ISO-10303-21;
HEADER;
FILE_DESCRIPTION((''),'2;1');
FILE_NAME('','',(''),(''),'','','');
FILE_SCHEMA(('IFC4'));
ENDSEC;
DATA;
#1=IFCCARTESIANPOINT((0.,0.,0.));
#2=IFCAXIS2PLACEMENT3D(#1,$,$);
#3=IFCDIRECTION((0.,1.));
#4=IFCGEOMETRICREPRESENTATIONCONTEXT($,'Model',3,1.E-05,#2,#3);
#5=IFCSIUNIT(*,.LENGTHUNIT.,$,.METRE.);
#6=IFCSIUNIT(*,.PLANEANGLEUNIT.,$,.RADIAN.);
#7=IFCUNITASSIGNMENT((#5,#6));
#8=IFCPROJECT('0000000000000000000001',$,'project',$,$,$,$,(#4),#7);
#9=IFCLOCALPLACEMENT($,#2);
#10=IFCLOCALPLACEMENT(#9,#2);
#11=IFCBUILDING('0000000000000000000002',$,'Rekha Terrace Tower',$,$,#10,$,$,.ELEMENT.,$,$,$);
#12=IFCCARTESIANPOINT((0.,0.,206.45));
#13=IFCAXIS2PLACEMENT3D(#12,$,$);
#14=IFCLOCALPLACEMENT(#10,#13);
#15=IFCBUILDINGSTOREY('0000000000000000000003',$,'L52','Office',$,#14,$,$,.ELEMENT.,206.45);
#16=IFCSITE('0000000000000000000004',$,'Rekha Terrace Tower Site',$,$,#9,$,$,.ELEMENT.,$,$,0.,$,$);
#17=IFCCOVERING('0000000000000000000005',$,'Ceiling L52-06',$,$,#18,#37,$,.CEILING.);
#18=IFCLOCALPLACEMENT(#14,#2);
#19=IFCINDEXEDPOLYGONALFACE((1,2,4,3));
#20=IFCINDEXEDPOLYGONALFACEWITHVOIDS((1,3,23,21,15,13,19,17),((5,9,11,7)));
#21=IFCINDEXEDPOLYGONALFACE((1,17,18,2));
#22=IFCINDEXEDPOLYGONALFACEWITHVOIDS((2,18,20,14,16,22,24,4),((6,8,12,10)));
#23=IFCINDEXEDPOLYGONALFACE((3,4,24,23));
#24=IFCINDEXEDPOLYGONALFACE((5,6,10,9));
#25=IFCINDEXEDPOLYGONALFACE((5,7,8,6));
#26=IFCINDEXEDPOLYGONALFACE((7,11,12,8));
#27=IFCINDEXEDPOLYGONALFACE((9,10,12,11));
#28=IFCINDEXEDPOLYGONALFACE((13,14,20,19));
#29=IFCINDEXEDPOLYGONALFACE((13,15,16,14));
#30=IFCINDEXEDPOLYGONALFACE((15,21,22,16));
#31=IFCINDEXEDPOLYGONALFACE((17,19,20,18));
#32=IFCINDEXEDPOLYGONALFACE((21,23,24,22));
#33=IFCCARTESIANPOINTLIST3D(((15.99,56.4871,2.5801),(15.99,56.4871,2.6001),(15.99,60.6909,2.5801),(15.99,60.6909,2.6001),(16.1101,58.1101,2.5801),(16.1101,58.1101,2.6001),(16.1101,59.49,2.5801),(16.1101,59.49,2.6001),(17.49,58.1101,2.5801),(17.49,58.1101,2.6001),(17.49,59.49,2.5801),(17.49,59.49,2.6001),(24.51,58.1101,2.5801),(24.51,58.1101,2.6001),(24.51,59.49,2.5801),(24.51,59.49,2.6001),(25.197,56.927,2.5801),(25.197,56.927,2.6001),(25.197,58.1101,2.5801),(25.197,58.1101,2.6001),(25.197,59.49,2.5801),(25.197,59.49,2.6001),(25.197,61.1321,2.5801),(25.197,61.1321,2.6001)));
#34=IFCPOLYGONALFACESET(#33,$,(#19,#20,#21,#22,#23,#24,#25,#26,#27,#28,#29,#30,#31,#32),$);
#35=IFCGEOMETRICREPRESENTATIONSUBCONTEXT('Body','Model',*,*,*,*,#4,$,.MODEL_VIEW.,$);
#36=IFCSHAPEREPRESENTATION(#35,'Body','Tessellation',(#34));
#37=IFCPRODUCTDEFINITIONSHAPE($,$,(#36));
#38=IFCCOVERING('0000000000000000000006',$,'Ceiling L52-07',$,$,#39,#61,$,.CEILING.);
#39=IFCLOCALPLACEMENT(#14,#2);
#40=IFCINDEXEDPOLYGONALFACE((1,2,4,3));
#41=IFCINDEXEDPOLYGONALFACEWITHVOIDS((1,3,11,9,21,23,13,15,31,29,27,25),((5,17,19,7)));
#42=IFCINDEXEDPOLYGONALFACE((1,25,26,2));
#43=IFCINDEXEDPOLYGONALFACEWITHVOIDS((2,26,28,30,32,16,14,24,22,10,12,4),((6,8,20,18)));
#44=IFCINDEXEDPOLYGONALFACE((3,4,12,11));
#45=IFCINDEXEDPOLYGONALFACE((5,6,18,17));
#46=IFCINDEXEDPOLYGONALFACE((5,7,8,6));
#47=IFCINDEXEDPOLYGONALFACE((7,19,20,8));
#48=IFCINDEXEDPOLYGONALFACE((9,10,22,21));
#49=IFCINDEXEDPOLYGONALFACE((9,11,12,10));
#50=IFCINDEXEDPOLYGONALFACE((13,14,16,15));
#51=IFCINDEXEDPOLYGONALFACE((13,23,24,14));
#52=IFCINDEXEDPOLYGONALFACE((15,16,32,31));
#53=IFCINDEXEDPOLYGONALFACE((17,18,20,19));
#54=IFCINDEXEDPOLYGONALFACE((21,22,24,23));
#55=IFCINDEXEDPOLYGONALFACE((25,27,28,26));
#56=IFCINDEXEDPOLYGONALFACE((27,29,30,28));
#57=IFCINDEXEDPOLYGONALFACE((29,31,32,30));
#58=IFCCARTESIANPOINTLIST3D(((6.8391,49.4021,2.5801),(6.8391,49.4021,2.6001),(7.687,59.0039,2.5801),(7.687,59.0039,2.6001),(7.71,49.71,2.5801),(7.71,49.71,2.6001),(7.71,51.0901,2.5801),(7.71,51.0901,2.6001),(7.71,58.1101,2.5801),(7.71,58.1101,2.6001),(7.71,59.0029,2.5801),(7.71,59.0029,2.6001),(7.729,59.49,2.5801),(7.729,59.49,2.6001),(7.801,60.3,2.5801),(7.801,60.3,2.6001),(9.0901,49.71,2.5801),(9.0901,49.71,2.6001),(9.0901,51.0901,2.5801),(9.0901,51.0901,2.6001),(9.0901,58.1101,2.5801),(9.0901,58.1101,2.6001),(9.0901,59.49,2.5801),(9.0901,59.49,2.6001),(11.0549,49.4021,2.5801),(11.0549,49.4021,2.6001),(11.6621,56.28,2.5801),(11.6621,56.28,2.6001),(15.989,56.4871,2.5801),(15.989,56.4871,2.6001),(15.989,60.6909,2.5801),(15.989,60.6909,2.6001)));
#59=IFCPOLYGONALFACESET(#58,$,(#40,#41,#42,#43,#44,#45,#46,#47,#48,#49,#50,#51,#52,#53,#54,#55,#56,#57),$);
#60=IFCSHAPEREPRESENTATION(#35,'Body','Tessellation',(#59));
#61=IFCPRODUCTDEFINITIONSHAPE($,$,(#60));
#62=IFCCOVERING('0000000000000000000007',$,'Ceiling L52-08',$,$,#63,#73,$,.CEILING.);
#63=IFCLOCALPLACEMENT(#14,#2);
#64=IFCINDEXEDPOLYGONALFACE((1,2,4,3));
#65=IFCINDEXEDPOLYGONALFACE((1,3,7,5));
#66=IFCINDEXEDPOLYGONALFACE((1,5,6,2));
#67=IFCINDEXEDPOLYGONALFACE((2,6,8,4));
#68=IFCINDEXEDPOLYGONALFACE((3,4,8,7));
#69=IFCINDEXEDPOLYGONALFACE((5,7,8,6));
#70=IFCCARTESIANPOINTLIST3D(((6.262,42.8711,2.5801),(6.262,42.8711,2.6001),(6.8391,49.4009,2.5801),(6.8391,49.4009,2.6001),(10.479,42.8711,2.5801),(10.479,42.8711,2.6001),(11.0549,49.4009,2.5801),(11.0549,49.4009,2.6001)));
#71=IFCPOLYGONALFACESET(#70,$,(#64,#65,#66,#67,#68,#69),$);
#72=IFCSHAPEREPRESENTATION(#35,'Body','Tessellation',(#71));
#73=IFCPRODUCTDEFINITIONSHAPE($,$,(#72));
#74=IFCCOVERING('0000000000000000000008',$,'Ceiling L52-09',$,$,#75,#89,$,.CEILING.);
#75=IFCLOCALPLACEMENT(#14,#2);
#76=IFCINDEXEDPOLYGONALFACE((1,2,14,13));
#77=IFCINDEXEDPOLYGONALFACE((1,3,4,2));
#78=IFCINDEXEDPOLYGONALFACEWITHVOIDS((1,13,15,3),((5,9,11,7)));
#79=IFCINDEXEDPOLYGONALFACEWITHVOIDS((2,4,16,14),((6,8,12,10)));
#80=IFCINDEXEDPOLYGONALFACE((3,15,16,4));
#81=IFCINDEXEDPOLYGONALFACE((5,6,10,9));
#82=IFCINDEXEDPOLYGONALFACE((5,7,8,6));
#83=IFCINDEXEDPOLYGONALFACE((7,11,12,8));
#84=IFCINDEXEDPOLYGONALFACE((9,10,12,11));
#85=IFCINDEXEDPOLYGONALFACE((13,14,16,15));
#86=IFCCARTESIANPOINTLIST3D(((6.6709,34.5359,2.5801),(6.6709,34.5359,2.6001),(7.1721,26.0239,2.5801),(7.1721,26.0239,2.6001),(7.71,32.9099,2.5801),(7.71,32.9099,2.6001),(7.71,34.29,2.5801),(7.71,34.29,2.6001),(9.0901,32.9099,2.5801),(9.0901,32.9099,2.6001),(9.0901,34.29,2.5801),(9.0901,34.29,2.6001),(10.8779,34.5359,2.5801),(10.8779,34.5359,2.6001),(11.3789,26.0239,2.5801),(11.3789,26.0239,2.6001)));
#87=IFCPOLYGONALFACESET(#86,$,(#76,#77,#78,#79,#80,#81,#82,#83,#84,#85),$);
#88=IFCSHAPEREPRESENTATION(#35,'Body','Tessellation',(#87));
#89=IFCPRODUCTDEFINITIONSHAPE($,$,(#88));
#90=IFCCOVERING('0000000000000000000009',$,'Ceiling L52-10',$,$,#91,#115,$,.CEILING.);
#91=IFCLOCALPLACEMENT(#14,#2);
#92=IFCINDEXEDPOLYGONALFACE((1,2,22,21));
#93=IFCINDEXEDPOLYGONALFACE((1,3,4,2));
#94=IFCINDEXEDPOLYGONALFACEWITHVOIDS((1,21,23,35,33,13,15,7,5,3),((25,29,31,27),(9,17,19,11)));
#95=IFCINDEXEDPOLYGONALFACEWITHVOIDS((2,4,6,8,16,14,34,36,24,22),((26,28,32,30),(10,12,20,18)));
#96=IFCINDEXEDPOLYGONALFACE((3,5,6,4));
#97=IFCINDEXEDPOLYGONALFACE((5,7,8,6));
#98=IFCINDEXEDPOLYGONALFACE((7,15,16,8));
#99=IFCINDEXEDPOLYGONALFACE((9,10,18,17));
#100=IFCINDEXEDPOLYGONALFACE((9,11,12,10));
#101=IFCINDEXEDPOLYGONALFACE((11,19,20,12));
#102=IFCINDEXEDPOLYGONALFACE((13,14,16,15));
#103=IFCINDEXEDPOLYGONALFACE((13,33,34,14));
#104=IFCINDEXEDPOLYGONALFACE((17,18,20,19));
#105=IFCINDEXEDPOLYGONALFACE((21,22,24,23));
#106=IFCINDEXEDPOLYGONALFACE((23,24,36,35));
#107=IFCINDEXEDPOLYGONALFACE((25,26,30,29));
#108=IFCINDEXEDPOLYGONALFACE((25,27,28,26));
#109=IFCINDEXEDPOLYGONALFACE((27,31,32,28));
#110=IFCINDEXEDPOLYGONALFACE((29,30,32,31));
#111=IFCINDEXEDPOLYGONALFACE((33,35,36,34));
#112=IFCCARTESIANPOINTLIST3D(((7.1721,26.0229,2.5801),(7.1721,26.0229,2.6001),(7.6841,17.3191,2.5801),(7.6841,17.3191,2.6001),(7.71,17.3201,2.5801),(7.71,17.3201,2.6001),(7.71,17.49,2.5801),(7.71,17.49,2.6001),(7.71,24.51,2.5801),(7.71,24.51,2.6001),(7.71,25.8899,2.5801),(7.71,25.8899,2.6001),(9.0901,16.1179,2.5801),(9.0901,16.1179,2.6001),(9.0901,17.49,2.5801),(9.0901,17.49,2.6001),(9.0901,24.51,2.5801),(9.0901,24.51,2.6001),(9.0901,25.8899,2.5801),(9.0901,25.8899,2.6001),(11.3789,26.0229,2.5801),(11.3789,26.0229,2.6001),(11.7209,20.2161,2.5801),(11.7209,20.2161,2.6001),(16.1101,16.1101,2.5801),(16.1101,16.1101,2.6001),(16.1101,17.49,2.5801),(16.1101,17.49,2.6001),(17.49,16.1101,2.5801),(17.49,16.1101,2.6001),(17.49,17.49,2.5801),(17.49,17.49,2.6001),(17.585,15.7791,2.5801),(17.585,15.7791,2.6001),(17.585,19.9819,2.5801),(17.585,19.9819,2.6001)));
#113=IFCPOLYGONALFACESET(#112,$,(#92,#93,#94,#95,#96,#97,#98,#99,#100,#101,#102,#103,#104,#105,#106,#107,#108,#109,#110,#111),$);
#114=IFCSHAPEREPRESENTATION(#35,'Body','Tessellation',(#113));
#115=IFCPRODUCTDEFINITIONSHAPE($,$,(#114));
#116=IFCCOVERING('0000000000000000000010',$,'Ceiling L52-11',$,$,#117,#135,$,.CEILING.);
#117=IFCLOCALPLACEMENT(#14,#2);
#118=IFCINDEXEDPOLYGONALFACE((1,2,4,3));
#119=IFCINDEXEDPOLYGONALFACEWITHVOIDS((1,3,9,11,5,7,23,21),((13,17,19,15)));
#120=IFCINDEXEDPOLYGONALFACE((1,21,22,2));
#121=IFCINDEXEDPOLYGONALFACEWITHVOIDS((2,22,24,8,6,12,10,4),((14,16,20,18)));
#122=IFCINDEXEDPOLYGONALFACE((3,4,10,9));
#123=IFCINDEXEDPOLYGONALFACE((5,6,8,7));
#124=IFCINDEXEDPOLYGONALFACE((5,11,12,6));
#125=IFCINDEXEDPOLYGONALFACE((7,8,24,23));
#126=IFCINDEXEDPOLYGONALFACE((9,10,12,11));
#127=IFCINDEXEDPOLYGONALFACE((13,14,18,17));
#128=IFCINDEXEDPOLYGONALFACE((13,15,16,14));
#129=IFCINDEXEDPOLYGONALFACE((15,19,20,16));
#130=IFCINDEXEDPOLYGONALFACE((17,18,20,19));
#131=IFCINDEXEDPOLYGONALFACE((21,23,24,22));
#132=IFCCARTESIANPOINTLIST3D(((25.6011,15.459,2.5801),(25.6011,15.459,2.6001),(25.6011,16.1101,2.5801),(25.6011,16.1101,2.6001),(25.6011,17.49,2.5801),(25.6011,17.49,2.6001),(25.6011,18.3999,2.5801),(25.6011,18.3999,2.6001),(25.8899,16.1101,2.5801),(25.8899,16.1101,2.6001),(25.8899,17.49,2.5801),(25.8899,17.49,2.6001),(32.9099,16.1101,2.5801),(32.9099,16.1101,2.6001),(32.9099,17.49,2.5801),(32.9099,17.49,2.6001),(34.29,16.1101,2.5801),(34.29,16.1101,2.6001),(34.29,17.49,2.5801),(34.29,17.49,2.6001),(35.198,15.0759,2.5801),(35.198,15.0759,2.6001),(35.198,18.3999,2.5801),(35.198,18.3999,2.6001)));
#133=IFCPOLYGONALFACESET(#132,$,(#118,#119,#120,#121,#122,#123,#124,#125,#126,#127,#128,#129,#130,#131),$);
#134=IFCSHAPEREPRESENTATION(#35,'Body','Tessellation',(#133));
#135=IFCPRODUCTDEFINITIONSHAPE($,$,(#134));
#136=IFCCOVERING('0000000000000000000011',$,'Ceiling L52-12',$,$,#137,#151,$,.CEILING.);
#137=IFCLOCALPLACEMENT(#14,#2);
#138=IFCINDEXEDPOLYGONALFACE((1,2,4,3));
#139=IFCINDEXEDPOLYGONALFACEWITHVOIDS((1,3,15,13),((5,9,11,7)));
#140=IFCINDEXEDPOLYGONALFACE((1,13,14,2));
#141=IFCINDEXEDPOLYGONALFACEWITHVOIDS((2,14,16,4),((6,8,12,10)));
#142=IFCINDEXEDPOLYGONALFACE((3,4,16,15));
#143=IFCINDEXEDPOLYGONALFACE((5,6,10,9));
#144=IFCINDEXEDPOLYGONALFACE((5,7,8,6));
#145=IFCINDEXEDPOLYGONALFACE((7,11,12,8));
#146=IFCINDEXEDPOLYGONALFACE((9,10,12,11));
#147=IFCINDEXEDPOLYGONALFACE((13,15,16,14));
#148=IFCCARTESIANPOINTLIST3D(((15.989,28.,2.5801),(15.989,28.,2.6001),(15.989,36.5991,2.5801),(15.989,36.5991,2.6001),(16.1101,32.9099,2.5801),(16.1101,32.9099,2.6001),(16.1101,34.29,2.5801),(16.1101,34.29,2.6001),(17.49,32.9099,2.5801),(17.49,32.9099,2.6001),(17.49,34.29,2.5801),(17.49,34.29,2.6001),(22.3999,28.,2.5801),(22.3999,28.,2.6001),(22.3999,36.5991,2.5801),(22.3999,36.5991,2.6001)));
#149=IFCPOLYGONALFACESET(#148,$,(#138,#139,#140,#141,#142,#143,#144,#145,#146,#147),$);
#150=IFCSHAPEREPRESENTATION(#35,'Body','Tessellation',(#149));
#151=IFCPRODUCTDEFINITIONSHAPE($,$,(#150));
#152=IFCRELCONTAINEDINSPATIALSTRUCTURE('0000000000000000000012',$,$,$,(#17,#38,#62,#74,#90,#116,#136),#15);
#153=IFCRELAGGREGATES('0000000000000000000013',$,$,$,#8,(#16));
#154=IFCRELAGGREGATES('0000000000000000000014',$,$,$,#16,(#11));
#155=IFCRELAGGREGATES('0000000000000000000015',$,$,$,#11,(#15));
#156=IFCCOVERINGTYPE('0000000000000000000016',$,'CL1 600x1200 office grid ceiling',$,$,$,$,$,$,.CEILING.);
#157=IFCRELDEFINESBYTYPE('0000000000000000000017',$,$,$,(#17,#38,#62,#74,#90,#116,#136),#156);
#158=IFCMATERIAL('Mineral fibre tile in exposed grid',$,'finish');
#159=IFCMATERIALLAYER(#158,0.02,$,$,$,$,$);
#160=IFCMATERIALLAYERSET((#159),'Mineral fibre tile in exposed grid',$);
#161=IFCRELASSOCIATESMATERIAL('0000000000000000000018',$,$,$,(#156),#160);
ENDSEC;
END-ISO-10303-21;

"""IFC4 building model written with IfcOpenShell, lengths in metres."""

from ifc_helpers import new_model, si_unit, direction, frame, origin, place, context, subcontext, project, spatial, polyline, outline, extrude, material, layer, layer_set, type_object, element, save


model = new_model("IFC4")

# Units and contexts
model_context = context("Model", 3, precision=1e-05, world=origin(), true_north=direction((0.0, 1.0)))
body_context = subcontext(model_context, "Body", "Model", "MODEL_VIEW")
ifc_project = project(units=[si_unit("LENGTHUNIT", "METRE"), si_unit("PLANEANGLEUNIT", "RADIAN")], contexts=[model_context])

# Site, building, storey
site_placement = place(None, origin())
site = spatial("IfcSite", under=ifc_project, at=site_placement, Name="Rekha Terrace Tower Site", CompositionType="ELEMENT", RefElevation=0.0)
building_placement = place(site_placement, origin())
building = spatial("IfcBuilding", under=site, at=building_placement, Name="Rekha Terrace Tower", CompositionType="ELEMENT")
storey_placement = place(building_placement, frame((0.0, 0.0, 206.45)))
storey = spatial("IfcBuildingStorey", under=building, at=storey_placement, Name="L52", Description="Office", CompositionType="ELEMENT", Elevation=206.45)

# Coverings
ifc_material_1 = material(Name="Mineral fibre tile in exposed grid", Category="finish")
ifc_layer_1 = layer(ifc_material_1, 0.02)
ifc_layer_set_1 = layer_set([ifc_layer_1], Name="Mineral fibre tile in exposed grid")
covering_type_1 = type_object("IfcCoveringType", Name="CL1 600x1200 office grid ceiling", PredefinedType="CEILING", material=ifc_layer_set_1)
covering_1_placement = place(storey_placement, frame((0.0, 0.0, 2.5801)))
element("IfcCovering", 1, at=covering_1_placement, inside=storey, type_object=covering_type_1, Name="Ceiling L52-06", PredefinedType="CEILING", context=body_context, shape_type="SweptSolid", body=[
    extrude(outline(polyline([(25.197, 59.49), (25.197, 61.1321), (15.99, 60.6909), (15.99, 56.4871), (25.197, 56.927), (25.197, 58.1101), (24.51, 58.1101), (24.51, 59.49), (25.197, 59.49)]), holes=[polyline([(17.49, 59.49), (17.49, 58.1101), (16.1101, 58.1101), (16.1101, 59.49), (17.49, 59.49)])]), origin(), (0.0, 0.0, 1.0), 0.02),
])
covering_2_placement = place(storey_placement, frame((0.0, 0.0, 2.5801)))
element("IfcCovering", 2, at=covering_2_placement, inside=storey, type_object=covering_type_1, Name="Ceiling L52-07", PredefinedType="CEILING", context=body_context, shape_type="SweptSolid", body=[
    extrude(outline(polyline([(7.687, 59.0039), (6.8391, 49.4021), (11.0549, 49.4021), (11.6621, 56.28), (15.989, 56.4871), (15.989, 60.6909), (7.801, 60.3), (7.729, 59.49), (9.0901, 59.49), (9.0901, 58.1101), (7.71, 58.1101), (7.71, 59.0029), (7.687, 59.0039)]), holes=[polyline([(9.0901, 49.71), (7.71, 49.71), (7.71, 51.0901), (9.0901, 51.0901), (9.0901, 49.71)])]), origin(), (0.0, 0.0, 1.0), 0.02),
])
covering_3_placement = place(storey_placement, frame((0.0, 0.0, 2.5801)))
element("IfcCovering", 3, at=covering_3_placement, inside=storey, type_object=covering_type_1, Name="Ceiling L52-08", PredefinedType="CEILING", context=body_context, shape_type="SweptSolid", body=[
    extrude(outline(polyline([(11.0549, 49.4009), (6.8391, 49.4009), (6.262, 42.8711), (10.479, 42.8711), (11.0549, 49.4009)])), origin(), (0.0, 0.0, 1.0), 0.02),
])
covering_4_placement = place(storey_placement, frame((0.0, 0.0, 2.5801)))
element("IfcCovering", 4, at=covering_4_placement, inside=storey, type_object=covering_type_1, Name="Ceiling L52-09", PredefinedType="CEILING", context=body_context, shape_type="SweptSolid", body=[
    extrude(outline(polyline([(10.8779, 34.5359), (6.6709, 34.5359), (7.1721, 26.0239), (11.3789, 26.0239), (10.8779, 34.5359)]), holes=[polyline([(9.0901, 34.29), (9.0901, 32.9099), (7.71, 32.9099), (7.71, 34.29), (9.0901, 34.29)])]), origin(), (0.0, 0.0, 1.0), 0.02),
])
covering_5_placement = place(storey_placement, frame((0.0, 0.0, 2.5801)))
element("IfcCovering", 5, at=covering_5_placement, inside=storey, type_object=covering_type_1, Name="Ceiling L52-10", PredefinedType="CEILING", context=body_context, shape_type="SweptSolid", body=[
    extrude(outline(polyline([(9.0901, 16.1179), (17.585, 15.7791), (17.585, 19.9819), (11.7209, 20.2161), (11.3789, 26.0229), (7.1721, 26.0229), (7.6841, 17.3191), (7.71, 17.3201), (7.71, 17.49), (9.0901, 17.49), (9.0901, 16.1179)]), holes=[polyline([(17.49, 17.49), (17.49, 16.1101), (16.1101, 16.1101), (16.1101, 17.49), (17.49, 17.49)]), polyline([(9.0901, 24.51), (7.71, 24.51), (7.71, 25.8899), (9.0901, 25.8899), (9.0901, 24.51)])]), origin(), (0.0, 0.0, 1.0), 0.02),
])
covering_6_placement = place(storey_placement, frame((0.0, 0.0, 2.5801)))
element("IfcCovering", 6, at=covering_6_placement, inside=storey, type_object=covering_type_1, Name="Ceiling L52-11", PredefinedType="CEILING", context=body_context, shape_type="SweptSolid", body=[
    extrude(outline(polyline([(25.6011, 16.1101), (25.6011, 15.459), (35.198, 15.0759), (35.198, 18.3999), (25.6011, 18.3999), (25.6011, 17.49), (25.8899, 17.49), (25.8899, 16.1101), (25.6011, 16.1101)]), holes=[polyline([(34.29, 16.1101), (32.9099, 16.1101), (32.9099, 17.49), (34.29, 17.49), (34.29, 16.1101)])]), origin(), (0.0, 0.0, 1.0), 0.02),
])
covering_7_placement = place(storey_placement, frame((0.0, 0.0, 2.5801)))
element("IfcCovering", 7, at=covering_7_placement, inside=storey, type_object=covering_type_1, Name="Ceiling L52-12", PredefinedType="CEILING", context=body_context, shape_type="SweptSolid", body=[
    extrude(outline(polyline([(22.3999, 36.5991), (15.989, 36.5991), (15.989, 28.0), (22.3999, 28.0), (22.3999, 36.5991)]), holes=[polyline([(17.49, 32.9099), (16.1101, 32.9099), (16.1101, 34.29), (17.49, 34.29), (17.49, 32.9099)])]), origin(), (0.0, 0.0, 1.0), 0.02),
])

save(model, "model.ifc")
